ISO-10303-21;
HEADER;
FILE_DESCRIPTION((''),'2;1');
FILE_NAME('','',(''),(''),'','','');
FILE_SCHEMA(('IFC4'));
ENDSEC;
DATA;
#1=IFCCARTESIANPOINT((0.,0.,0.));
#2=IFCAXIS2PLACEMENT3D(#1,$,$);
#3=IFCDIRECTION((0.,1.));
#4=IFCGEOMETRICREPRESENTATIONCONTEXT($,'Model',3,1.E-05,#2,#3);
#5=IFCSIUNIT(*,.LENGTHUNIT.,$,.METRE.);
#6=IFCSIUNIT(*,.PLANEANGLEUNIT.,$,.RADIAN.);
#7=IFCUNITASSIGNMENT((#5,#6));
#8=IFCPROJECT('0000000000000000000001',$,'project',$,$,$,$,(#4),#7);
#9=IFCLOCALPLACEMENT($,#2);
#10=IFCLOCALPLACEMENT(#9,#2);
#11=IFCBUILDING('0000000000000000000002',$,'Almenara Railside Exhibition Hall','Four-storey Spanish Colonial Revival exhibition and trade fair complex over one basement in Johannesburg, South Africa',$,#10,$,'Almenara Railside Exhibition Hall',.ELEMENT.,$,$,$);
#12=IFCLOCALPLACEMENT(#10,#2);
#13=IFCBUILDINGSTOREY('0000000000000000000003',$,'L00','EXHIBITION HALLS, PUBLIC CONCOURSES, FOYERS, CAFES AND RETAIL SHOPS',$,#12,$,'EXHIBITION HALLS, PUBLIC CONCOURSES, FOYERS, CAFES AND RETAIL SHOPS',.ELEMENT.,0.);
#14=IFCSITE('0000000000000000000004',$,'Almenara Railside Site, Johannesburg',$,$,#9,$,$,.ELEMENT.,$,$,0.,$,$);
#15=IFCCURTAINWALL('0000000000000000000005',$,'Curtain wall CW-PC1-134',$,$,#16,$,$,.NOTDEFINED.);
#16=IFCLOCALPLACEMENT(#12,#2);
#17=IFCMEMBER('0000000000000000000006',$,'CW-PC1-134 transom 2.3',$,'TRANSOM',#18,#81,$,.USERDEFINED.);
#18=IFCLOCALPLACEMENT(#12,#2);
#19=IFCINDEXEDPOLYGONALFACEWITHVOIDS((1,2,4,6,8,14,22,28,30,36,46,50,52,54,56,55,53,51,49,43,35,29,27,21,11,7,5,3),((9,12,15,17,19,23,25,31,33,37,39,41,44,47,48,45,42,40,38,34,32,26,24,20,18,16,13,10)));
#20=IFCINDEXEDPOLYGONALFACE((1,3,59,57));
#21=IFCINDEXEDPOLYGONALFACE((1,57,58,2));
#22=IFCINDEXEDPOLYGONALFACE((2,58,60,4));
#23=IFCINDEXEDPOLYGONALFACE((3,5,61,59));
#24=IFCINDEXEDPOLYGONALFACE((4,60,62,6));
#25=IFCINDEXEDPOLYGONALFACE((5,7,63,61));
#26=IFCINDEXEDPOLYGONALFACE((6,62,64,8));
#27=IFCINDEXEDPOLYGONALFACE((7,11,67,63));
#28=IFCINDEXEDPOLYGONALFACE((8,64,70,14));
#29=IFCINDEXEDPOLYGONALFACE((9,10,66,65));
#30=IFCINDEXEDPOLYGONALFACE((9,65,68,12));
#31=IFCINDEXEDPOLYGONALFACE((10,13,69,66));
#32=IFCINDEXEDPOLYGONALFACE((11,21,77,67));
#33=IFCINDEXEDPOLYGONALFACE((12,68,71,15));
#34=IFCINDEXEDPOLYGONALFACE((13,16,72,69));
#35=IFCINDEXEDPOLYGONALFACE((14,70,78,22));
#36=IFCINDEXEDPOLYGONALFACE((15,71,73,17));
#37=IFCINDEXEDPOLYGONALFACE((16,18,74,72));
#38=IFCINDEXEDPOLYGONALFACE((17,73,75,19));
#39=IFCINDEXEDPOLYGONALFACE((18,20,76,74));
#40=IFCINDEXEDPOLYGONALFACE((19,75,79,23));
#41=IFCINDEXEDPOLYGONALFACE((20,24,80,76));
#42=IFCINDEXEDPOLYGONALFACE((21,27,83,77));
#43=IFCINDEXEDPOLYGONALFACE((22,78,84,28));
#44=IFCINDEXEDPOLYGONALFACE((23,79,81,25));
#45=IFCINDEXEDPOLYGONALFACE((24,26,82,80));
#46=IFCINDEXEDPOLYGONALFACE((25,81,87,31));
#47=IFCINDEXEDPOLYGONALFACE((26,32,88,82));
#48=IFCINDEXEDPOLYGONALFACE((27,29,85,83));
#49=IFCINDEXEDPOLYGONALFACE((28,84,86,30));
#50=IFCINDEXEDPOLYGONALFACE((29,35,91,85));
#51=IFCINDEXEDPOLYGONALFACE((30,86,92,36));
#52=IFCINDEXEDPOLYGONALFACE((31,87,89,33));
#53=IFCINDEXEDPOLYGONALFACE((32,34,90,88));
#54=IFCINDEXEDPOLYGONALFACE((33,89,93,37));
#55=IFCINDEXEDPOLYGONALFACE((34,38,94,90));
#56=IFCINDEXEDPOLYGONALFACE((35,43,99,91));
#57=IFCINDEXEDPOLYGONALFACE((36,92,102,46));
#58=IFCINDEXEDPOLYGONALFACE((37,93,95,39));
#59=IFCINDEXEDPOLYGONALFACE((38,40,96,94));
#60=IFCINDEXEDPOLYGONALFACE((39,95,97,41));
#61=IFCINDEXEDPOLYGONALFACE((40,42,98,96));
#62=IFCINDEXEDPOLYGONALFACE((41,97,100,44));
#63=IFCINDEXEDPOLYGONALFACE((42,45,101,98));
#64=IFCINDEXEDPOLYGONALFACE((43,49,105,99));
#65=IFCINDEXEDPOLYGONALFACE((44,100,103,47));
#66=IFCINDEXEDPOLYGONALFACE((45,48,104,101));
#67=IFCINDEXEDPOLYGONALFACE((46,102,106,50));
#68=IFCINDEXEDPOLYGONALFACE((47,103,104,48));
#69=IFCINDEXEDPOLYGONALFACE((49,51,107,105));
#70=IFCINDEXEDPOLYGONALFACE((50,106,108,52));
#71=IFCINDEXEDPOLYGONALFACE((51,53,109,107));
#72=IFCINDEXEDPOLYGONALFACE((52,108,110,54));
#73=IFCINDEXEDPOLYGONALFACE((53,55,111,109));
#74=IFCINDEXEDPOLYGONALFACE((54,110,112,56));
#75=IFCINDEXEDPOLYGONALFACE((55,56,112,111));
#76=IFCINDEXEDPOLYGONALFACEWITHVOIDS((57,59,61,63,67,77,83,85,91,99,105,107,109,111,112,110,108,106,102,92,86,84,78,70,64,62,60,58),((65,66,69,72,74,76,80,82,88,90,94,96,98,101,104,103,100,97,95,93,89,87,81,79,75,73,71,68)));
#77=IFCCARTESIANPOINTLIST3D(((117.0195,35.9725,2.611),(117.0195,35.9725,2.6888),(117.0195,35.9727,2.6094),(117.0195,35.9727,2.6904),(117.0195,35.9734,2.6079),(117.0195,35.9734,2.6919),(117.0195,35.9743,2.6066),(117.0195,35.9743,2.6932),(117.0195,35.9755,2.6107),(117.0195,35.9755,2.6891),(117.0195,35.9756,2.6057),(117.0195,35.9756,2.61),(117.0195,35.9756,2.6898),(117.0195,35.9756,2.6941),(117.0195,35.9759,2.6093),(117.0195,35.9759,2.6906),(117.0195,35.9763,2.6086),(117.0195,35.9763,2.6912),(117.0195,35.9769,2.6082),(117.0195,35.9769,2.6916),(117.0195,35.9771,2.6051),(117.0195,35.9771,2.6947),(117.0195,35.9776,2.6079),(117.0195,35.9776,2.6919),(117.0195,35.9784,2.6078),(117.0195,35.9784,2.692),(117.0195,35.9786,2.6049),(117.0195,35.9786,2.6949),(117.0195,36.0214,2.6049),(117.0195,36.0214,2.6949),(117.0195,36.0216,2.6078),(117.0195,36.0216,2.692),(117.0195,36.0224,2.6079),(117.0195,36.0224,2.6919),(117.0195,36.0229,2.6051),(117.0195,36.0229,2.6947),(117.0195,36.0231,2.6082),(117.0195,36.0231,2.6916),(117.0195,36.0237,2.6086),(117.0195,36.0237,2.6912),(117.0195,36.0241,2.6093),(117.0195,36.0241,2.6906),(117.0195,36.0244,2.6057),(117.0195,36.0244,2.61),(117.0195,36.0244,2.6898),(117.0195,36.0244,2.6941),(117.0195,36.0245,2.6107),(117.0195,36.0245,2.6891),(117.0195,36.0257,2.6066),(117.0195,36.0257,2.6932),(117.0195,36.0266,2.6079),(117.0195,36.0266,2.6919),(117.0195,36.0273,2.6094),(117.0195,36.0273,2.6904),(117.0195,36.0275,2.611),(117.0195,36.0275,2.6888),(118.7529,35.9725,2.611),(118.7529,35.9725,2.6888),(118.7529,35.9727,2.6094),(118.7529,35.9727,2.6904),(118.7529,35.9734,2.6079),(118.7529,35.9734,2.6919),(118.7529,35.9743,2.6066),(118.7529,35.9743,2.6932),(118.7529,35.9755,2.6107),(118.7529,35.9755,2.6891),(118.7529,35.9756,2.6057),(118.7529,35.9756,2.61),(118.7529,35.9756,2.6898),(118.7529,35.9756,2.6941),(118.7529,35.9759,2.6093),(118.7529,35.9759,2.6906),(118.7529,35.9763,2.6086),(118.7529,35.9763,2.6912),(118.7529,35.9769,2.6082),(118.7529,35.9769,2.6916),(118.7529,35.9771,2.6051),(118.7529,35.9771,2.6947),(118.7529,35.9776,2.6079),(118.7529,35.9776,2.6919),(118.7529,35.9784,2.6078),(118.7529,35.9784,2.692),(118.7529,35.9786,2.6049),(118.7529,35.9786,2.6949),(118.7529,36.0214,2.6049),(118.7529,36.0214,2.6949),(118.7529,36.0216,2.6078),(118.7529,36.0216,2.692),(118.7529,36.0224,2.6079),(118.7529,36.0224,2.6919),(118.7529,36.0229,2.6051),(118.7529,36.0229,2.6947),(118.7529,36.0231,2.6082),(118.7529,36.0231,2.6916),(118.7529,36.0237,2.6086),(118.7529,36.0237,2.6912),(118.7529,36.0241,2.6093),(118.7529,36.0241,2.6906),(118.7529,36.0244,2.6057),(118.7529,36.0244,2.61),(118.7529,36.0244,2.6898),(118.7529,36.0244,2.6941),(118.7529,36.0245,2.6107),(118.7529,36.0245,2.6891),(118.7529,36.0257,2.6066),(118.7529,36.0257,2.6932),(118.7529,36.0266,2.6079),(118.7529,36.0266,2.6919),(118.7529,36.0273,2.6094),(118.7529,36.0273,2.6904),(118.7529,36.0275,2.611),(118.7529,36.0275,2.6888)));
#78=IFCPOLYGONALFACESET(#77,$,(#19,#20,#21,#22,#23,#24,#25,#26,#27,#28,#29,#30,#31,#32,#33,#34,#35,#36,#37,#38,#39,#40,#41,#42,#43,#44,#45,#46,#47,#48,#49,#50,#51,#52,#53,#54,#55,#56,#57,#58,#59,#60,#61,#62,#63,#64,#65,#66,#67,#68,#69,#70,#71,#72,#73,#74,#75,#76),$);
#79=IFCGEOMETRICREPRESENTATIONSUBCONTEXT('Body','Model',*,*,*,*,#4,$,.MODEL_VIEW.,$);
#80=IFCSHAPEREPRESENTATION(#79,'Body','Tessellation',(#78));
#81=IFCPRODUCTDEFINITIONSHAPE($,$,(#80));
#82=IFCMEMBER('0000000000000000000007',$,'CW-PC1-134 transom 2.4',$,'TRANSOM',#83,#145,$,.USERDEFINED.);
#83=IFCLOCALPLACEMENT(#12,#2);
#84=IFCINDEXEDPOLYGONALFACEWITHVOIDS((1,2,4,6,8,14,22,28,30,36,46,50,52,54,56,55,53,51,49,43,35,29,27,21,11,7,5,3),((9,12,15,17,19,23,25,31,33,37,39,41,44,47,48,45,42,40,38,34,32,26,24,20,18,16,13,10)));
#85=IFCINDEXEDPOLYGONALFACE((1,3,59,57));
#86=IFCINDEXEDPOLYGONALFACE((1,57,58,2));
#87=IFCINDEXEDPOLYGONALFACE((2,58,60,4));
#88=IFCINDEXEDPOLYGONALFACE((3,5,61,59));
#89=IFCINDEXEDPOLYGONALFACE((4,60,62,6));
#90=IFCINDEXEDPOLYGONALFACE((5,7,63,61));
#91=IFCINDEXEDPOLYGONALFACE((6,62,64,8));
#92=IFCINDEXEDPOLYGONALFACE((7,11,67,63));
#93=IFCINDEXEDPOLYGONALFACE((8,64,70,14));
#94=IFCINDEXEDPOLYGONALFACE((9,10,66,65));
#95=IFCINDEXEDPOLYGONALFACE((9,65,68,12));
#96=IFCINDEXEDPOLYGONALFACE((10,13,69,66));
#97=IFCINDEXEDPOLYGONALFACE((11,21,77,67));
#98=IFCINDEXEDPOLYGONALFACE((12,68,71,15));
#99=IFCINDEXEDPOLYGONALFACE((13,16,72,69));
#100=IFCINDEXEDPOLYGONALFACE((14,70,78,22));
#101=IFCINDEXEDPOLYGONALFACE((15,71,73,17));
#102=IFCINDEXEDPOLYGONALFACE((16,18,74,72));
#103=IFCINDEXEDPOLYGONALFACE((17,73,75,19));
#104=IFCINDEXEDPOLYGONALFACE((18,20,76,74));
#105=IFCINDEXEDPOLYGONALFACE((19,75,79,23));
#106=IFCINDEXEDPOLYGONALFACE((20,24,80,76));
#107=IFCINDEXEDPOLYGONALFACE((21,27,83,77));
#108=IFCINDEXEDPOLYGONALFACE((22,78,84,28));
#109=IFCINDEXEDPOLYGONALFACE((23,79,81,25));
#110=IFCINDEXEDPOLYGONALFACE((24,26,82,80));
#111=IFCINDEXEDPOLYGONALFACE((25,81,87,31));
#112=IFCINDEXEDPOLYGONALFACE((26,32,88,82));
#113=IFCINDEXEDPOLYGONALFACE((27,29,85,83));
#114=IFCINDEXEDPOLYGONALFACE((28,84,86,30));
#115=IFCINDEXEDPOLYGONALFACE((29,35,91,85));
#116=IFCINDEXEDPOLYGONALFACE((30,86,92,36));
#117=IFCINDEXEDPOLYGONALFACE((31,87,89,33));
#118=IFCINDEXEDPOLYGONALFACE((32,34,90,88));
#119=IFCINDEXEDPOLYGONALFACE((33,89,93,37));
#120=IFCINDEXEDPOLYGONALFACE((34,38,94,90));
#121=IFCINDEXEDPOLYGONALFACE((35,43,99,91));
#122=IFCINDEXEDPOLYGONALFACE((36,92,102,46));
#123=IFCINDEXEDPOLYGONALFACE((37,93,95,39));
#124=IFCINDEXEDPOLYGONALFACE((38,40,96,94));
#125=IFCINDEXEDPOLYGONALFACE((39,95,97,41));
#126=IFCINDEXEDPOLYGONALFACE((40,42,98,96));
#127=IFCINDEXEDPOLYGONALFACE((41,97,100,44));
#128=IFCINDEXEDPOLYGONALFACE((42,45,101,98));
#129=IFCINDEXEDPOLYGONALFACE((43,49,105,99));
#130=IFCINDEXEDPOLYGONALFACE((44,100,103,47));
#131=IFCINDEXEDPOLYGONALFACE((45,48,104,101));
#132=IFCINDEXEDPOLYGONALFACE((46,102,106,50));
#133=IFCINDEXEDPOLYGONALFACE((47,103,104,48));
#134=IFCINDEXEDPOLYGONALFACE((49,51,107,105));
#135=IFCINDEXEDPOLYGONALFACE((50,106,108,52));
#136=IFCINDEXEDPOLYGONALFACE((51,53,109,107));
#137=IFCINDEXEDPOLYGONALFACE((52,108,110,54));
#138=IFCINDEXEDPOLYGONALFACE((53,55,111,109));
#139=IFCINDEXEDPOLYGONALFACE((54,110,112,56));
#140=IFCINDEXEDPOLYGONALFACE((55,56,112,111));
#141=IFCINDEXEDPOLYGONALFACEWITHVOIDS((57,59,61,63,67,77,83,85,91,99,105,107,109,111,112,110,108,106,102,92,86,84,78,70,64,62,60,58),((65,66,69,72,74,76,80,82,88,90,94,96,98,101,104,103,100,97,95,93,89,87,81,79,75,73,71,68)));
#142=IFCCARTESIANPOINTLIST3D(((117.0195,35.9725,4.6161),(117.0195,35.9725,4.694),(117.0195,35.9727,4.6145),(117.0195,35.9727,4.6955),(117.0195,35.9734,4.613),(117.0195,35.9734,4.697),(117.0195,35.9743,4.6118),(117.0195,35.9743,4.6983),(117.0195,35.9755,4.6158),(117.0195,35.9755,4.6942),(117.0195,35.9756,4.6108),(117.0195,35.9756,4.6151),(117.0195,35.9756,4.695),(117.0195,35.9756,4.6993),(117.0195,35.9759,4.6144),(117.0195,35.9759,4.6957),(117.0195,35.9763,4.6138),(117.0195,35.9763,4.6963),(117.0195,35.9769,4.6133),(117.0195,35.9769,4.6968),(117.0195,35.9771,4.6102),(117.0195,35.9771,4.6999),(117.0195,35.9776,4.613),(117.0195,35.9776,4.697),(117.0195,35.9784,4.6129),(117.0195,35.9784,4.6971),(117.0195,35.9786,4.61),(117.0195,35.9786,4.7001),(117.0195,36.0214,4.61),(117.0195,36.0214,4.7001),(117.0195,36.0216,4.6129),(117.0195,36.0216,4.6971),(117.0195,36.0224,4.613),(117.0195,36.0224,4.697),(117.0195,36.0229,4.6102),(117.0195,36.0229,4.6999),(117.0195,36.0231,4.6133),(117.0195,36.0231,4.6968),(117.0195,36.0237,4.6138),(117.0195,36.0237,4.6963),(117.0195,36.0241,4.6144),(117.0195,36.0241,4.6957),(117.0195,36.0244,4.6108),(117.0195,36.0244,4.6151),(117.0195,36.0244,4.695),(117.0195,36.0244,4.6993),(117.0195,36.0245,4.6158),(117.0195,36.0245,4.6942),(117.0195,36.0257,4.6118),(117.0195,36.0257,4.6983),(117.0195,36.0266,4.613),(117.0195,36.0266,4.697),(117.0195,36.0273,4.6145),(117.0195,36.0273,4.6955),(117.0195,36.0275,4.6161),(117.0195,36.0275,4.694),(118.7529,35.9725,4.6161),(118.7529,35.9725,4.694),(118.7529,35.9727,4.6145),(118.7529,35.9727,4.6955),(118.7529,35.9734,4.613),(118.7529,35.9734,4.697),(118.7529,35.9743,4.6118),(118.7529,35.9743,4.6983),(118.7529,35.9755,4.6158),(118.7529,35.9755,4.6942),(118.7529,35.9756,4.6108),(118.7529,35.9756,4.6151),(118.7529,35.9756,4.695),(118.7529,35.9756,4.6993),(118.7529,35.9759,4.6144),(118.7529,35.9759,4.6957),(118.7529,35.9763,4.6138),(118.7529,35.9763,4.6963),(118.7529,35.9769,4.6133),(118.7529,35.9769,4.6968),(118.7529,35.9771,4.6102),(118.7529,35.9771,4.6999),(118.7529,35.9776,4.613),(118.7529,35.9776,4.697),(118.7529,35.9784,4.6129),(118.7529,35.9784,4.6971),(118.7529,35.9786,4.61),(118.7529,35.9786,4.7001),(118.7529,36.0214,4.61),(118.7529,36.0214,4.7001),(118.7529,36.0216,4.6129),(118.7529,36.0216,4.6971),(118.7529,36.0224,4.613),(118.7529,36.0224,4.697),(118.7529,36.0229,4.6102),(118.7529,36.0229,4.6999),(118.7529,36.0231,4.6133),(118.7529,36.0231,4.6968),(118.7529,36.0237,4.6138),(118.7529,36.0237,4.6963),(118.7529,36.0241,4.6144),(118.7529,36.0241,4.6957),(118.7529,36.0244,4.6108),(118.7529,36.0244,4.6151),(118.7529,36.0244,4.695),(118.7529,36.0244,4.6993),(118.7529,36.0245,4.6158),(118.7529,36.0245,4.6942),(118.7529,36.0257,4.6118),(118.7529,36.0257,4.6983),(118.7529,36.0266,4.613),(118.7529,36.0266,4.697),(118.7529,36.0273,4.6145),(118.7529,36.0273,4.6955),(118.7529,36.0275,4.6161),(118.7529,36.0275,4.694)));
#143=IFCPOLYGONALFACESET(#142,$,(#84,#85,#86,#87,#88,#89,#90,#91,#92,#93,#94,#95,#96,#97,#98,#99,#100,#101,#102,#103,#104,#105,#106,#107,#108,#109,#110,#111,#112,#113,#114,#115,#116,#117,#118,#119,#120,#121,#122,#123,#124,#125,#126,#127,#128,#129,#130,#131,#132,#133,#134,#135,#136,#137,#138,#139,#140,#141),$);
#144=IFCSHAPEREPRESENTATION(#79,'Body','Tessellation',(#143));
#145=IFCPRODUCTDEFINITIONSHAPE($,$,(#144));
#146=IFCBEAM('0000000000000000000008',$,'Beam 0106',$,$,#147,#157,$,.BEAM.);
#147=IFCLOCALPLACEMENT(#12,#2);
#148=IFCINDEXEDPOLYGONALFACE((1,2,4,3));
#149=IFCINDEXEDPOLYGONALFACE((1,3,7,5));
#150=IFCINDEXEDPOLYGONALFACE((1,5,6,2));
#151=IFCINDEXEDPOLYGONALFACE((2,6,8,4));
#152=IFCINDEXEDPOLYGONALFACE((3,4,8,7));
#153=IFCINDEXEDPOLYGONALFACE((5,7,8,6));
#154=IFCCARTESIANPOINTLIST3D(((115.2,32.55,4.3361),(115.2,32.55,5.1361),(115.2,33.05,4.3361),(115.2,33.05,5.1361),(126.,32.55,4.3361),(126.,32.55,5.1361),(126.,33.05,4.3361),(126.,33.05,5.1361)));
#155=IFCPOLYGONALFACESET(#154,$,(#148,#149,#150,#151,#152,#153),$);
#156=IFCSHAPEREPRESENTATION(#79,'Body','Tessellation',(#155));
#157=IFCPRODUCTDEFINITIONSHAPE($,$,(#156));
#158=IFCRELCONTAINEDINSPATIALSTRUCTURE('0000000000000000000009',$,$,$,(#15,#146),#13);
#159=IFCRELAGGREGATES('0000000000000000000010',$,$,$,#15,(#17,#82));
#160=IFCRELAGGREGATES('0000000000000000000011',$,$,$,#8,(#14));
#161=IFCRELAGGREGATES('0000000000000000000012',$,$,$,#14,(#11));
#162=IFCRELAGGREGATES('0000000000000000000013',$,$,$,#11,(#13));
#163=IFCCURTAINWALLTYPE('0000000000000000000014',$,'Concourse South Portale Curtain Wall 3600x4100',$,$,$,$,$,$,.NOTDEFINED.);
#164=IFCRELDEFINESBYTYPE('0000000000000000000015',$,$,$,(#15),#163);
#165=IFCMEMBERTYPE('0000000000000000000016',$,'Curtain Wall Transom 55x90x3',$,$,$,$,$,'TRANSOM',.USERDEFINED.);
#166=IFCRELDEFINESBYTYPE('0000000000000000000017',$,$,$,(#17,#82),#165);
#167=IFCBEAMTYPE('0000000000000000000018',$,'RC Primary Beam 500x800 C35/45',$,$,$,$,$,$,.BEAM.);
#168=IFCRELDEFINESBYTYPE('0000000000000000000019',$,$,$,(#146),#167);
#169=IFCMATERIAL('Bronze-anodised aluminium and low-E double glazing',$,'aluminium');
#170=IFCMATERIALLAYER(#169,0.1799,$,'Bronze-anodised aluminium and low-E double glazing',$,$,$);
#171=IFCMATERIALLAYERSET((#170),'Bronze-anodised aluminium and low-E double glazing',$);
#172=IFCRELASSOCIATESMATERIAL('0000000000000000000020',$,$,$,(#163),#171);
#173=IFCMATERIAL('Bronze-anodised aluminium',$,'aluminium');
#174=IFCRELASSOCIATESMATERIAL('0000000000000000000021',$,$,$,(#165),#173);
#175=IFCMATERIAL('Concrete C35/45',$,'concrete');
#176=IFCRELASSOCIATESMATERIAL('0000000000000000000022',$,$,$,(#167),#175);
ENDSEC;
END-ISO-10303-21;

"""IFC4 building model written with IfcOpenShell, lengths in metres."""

from ifc_helpers import new_model, si_unit, direction, frame, origin, origin_2d, place, context, subcontext, project, spatial, rectangle, hollow_rectangle, extrude, material, layer, layer_set, material_profile, profile_set, type_object, element, aggregate, save


model = new_model("IFC4")

# Units and contexts
model_context = context("Model", 3, precision=1e-05, world=origin(), true_north=direction((0.0, 1.0)))
body_context = subcontext(model_context, "Body", "Model", "MODEL_VIEW")
ifc_project = project(units=[si_unit("LENGTHUNIT", "METRE"), si_unit("PLANEANGLEUNIT", "RADIAN")], contexts=[model_context])

# Site, building, storey
site_placement = place(None, origin())
site = spatial("IfcSite", under=ifc_project, at=site_placement, Name="Almenara Railside Site, Johannesburg", CompositionType="ELEMENT", RefElevation=0.0)
building_placement = place(site_placement, origin())
building = spatial("IfcBuilding", under=site, at=building_placement, Name="Almenara Railside Exhibition Hall", Description="Four-storey Spanish Colonial Revival exhibition and trade fair complex over one basement in Johannesburg, South Africa", LongName="Almenara Railside Exhibition Hall", CompositionType="ELEMENT")
storey_placement = place(building_placement, origin())
storey = spatial("IfcBuildingStorey", under=building, at=storey_placement, Name="L00", Description="EXHIBITION HALLS, PUBLIC CONCOURSES, FOYERS, CAFES AND RETAIL SHOPS", LongName="EXHIBITION HALLS, PUBLIC CONCOURSES, FOYERS, CAFES AND RETAIL SHOPS", CompositionType="ELEMENT", Elevation=0.0)

# Shared definitions
ifc_material_1 = material(Name="Concrete C35/45", Category="concrete")

# Curtain wall, members
ifc_material_2 = material(Name="Bronze-anodised aluminium and low-E double glazing", Category="aluminium")
ifc_layer_1 = layer(ifc_material_2, 0.1799, Name="Bronze-anodised aluminium and low-E double glazing")
ifc_layer_set_1 = layer_set([ifc_layer_1], Name="Bronze-anodised aluminium and low-E double glazing")
curtain_wall_type = type_object("IfcCurtainWallType", Name="Concourse South Portale Curtain Wall 3600x4100", PredefinedType="NOTDEFINED", material=ifc_layer_set_1)
curtain_wall_placement = place(storey_placement, origin())
curtain_wall = element("IfcCurtainWall", 1, at=curtain_wall_placement, inside=storey, type_object=curtain_wall_type, Name="Curtain wall CW-PC1-134", PredefinedType="NOTDEFINED")
ifc_material_3 = material(Name="Bronze-anodised aluminium", Category="aluminium")
ifc_material_profile_1 = material_profile(ifc_material_3, hollow_rectangle(XDim=0.0549, YDim=0.0901, WallThickness=0.0029, InnerFilletRadius=0.0029, OuterFilletRadius=0.0061, at=origin_2d()), Name="ALU-TRN 55x90x3")
ifc_profile_set_1 = profile_set([ifc_material_profile_1], Name="Bronze-anodised aluminium")
member_type_1 = type_object("IfcMemberType", Name="Curtain Wall Transom 55x90x3", ElementType="TRANSOM", PredefinedType="USERDEFINED", material=ifc_profile_set_1)
member_1_placement = place(storey_placement, frame((117.0195, 36.0, 2.6499), z_axis=(1.0, 0.0, 0.0), x_axis=(0.0, 1.0, 0.0)))
member_1 = element("IfcMember", 2, at=member_1_placement, type_object=member_type_1, Name="CW-PC1-134 transom 2.3", ObjectType="TRANSOM", PredefinedType="USERDEFINED", context=body_context, shape_type="SweptSolid", body=[
    extrude(hollow_rectangle(XDim=0.0549, YDim=0.0901, WallThickness=0.0029, InnerFilletRadius=0.0029, OuterFilletRadius=0.0061, at=origin_2d()), origin(), (0.0, 0.0, 1.0), 1.7334),
])
member_2_placement = place(storey_placement, frame((117.0195, 36.0, 4.655), z_axis=(1.0, 0.0, 0.0), x_axis=(0.0, 1.0, 0.0)))
member_2 = element("IfcMember", 3, at=member_2_placement, type_object=member_type_1, Name="CW-PC1-134 transom 2.4", ObjectType="TRANSOM", PredefinedType="USERDEFINED", context=body_context, shape_type="SweptSolid", body=[
    extrude(hollow_rectangle(XDim=0.0549, YDim=0.0901, WallThickness=0.0029, InnerFilletRadius=0.0029, OuterFilletRadius=0.0061, at=origin_2d()), origin(), (0.0, 0.0, 1.0), 1.7334),
])

# Beam
ifc_material_profile_2 = material_profile(ifc_material_1, rectangle(XDim=0.5, YDim=0.8, at=origin_2d()), Name="RC 500x800")
ifc_profile_set_2 = profile_set([ifc_material_profile_2], Name="Concrete C35/45")
beam_type_1 = type_object("IfcBeamType", Name="RC Primary Beam 500x800 C35/45", PredefinedType="BEAM", material=ifc_profile_set_2)
beam_1_placement = place(storey_placement, frame((115.2, 32.8, 4.7361), z_axis=(1.0, 0.0, 0.0), x_axis=(0.0, 1.0, 0.0)))
element("IfcBeam", 4, at=beam_1_placement, inside=storey, type_object=beam_type_1, Name="Beam 0106", PredefinedType="BEAM", context=body_context, shape_type="SweptSolid", body=[
    extrude(rectangle(XDim=0.5, YDim=0.8, at=origin_2d()), origin(), (0.0, 0.0, 1.0), 10.8),
])

aggregate(curtain_wall, [member_1, member_2])

save(model, "model.ifc")
